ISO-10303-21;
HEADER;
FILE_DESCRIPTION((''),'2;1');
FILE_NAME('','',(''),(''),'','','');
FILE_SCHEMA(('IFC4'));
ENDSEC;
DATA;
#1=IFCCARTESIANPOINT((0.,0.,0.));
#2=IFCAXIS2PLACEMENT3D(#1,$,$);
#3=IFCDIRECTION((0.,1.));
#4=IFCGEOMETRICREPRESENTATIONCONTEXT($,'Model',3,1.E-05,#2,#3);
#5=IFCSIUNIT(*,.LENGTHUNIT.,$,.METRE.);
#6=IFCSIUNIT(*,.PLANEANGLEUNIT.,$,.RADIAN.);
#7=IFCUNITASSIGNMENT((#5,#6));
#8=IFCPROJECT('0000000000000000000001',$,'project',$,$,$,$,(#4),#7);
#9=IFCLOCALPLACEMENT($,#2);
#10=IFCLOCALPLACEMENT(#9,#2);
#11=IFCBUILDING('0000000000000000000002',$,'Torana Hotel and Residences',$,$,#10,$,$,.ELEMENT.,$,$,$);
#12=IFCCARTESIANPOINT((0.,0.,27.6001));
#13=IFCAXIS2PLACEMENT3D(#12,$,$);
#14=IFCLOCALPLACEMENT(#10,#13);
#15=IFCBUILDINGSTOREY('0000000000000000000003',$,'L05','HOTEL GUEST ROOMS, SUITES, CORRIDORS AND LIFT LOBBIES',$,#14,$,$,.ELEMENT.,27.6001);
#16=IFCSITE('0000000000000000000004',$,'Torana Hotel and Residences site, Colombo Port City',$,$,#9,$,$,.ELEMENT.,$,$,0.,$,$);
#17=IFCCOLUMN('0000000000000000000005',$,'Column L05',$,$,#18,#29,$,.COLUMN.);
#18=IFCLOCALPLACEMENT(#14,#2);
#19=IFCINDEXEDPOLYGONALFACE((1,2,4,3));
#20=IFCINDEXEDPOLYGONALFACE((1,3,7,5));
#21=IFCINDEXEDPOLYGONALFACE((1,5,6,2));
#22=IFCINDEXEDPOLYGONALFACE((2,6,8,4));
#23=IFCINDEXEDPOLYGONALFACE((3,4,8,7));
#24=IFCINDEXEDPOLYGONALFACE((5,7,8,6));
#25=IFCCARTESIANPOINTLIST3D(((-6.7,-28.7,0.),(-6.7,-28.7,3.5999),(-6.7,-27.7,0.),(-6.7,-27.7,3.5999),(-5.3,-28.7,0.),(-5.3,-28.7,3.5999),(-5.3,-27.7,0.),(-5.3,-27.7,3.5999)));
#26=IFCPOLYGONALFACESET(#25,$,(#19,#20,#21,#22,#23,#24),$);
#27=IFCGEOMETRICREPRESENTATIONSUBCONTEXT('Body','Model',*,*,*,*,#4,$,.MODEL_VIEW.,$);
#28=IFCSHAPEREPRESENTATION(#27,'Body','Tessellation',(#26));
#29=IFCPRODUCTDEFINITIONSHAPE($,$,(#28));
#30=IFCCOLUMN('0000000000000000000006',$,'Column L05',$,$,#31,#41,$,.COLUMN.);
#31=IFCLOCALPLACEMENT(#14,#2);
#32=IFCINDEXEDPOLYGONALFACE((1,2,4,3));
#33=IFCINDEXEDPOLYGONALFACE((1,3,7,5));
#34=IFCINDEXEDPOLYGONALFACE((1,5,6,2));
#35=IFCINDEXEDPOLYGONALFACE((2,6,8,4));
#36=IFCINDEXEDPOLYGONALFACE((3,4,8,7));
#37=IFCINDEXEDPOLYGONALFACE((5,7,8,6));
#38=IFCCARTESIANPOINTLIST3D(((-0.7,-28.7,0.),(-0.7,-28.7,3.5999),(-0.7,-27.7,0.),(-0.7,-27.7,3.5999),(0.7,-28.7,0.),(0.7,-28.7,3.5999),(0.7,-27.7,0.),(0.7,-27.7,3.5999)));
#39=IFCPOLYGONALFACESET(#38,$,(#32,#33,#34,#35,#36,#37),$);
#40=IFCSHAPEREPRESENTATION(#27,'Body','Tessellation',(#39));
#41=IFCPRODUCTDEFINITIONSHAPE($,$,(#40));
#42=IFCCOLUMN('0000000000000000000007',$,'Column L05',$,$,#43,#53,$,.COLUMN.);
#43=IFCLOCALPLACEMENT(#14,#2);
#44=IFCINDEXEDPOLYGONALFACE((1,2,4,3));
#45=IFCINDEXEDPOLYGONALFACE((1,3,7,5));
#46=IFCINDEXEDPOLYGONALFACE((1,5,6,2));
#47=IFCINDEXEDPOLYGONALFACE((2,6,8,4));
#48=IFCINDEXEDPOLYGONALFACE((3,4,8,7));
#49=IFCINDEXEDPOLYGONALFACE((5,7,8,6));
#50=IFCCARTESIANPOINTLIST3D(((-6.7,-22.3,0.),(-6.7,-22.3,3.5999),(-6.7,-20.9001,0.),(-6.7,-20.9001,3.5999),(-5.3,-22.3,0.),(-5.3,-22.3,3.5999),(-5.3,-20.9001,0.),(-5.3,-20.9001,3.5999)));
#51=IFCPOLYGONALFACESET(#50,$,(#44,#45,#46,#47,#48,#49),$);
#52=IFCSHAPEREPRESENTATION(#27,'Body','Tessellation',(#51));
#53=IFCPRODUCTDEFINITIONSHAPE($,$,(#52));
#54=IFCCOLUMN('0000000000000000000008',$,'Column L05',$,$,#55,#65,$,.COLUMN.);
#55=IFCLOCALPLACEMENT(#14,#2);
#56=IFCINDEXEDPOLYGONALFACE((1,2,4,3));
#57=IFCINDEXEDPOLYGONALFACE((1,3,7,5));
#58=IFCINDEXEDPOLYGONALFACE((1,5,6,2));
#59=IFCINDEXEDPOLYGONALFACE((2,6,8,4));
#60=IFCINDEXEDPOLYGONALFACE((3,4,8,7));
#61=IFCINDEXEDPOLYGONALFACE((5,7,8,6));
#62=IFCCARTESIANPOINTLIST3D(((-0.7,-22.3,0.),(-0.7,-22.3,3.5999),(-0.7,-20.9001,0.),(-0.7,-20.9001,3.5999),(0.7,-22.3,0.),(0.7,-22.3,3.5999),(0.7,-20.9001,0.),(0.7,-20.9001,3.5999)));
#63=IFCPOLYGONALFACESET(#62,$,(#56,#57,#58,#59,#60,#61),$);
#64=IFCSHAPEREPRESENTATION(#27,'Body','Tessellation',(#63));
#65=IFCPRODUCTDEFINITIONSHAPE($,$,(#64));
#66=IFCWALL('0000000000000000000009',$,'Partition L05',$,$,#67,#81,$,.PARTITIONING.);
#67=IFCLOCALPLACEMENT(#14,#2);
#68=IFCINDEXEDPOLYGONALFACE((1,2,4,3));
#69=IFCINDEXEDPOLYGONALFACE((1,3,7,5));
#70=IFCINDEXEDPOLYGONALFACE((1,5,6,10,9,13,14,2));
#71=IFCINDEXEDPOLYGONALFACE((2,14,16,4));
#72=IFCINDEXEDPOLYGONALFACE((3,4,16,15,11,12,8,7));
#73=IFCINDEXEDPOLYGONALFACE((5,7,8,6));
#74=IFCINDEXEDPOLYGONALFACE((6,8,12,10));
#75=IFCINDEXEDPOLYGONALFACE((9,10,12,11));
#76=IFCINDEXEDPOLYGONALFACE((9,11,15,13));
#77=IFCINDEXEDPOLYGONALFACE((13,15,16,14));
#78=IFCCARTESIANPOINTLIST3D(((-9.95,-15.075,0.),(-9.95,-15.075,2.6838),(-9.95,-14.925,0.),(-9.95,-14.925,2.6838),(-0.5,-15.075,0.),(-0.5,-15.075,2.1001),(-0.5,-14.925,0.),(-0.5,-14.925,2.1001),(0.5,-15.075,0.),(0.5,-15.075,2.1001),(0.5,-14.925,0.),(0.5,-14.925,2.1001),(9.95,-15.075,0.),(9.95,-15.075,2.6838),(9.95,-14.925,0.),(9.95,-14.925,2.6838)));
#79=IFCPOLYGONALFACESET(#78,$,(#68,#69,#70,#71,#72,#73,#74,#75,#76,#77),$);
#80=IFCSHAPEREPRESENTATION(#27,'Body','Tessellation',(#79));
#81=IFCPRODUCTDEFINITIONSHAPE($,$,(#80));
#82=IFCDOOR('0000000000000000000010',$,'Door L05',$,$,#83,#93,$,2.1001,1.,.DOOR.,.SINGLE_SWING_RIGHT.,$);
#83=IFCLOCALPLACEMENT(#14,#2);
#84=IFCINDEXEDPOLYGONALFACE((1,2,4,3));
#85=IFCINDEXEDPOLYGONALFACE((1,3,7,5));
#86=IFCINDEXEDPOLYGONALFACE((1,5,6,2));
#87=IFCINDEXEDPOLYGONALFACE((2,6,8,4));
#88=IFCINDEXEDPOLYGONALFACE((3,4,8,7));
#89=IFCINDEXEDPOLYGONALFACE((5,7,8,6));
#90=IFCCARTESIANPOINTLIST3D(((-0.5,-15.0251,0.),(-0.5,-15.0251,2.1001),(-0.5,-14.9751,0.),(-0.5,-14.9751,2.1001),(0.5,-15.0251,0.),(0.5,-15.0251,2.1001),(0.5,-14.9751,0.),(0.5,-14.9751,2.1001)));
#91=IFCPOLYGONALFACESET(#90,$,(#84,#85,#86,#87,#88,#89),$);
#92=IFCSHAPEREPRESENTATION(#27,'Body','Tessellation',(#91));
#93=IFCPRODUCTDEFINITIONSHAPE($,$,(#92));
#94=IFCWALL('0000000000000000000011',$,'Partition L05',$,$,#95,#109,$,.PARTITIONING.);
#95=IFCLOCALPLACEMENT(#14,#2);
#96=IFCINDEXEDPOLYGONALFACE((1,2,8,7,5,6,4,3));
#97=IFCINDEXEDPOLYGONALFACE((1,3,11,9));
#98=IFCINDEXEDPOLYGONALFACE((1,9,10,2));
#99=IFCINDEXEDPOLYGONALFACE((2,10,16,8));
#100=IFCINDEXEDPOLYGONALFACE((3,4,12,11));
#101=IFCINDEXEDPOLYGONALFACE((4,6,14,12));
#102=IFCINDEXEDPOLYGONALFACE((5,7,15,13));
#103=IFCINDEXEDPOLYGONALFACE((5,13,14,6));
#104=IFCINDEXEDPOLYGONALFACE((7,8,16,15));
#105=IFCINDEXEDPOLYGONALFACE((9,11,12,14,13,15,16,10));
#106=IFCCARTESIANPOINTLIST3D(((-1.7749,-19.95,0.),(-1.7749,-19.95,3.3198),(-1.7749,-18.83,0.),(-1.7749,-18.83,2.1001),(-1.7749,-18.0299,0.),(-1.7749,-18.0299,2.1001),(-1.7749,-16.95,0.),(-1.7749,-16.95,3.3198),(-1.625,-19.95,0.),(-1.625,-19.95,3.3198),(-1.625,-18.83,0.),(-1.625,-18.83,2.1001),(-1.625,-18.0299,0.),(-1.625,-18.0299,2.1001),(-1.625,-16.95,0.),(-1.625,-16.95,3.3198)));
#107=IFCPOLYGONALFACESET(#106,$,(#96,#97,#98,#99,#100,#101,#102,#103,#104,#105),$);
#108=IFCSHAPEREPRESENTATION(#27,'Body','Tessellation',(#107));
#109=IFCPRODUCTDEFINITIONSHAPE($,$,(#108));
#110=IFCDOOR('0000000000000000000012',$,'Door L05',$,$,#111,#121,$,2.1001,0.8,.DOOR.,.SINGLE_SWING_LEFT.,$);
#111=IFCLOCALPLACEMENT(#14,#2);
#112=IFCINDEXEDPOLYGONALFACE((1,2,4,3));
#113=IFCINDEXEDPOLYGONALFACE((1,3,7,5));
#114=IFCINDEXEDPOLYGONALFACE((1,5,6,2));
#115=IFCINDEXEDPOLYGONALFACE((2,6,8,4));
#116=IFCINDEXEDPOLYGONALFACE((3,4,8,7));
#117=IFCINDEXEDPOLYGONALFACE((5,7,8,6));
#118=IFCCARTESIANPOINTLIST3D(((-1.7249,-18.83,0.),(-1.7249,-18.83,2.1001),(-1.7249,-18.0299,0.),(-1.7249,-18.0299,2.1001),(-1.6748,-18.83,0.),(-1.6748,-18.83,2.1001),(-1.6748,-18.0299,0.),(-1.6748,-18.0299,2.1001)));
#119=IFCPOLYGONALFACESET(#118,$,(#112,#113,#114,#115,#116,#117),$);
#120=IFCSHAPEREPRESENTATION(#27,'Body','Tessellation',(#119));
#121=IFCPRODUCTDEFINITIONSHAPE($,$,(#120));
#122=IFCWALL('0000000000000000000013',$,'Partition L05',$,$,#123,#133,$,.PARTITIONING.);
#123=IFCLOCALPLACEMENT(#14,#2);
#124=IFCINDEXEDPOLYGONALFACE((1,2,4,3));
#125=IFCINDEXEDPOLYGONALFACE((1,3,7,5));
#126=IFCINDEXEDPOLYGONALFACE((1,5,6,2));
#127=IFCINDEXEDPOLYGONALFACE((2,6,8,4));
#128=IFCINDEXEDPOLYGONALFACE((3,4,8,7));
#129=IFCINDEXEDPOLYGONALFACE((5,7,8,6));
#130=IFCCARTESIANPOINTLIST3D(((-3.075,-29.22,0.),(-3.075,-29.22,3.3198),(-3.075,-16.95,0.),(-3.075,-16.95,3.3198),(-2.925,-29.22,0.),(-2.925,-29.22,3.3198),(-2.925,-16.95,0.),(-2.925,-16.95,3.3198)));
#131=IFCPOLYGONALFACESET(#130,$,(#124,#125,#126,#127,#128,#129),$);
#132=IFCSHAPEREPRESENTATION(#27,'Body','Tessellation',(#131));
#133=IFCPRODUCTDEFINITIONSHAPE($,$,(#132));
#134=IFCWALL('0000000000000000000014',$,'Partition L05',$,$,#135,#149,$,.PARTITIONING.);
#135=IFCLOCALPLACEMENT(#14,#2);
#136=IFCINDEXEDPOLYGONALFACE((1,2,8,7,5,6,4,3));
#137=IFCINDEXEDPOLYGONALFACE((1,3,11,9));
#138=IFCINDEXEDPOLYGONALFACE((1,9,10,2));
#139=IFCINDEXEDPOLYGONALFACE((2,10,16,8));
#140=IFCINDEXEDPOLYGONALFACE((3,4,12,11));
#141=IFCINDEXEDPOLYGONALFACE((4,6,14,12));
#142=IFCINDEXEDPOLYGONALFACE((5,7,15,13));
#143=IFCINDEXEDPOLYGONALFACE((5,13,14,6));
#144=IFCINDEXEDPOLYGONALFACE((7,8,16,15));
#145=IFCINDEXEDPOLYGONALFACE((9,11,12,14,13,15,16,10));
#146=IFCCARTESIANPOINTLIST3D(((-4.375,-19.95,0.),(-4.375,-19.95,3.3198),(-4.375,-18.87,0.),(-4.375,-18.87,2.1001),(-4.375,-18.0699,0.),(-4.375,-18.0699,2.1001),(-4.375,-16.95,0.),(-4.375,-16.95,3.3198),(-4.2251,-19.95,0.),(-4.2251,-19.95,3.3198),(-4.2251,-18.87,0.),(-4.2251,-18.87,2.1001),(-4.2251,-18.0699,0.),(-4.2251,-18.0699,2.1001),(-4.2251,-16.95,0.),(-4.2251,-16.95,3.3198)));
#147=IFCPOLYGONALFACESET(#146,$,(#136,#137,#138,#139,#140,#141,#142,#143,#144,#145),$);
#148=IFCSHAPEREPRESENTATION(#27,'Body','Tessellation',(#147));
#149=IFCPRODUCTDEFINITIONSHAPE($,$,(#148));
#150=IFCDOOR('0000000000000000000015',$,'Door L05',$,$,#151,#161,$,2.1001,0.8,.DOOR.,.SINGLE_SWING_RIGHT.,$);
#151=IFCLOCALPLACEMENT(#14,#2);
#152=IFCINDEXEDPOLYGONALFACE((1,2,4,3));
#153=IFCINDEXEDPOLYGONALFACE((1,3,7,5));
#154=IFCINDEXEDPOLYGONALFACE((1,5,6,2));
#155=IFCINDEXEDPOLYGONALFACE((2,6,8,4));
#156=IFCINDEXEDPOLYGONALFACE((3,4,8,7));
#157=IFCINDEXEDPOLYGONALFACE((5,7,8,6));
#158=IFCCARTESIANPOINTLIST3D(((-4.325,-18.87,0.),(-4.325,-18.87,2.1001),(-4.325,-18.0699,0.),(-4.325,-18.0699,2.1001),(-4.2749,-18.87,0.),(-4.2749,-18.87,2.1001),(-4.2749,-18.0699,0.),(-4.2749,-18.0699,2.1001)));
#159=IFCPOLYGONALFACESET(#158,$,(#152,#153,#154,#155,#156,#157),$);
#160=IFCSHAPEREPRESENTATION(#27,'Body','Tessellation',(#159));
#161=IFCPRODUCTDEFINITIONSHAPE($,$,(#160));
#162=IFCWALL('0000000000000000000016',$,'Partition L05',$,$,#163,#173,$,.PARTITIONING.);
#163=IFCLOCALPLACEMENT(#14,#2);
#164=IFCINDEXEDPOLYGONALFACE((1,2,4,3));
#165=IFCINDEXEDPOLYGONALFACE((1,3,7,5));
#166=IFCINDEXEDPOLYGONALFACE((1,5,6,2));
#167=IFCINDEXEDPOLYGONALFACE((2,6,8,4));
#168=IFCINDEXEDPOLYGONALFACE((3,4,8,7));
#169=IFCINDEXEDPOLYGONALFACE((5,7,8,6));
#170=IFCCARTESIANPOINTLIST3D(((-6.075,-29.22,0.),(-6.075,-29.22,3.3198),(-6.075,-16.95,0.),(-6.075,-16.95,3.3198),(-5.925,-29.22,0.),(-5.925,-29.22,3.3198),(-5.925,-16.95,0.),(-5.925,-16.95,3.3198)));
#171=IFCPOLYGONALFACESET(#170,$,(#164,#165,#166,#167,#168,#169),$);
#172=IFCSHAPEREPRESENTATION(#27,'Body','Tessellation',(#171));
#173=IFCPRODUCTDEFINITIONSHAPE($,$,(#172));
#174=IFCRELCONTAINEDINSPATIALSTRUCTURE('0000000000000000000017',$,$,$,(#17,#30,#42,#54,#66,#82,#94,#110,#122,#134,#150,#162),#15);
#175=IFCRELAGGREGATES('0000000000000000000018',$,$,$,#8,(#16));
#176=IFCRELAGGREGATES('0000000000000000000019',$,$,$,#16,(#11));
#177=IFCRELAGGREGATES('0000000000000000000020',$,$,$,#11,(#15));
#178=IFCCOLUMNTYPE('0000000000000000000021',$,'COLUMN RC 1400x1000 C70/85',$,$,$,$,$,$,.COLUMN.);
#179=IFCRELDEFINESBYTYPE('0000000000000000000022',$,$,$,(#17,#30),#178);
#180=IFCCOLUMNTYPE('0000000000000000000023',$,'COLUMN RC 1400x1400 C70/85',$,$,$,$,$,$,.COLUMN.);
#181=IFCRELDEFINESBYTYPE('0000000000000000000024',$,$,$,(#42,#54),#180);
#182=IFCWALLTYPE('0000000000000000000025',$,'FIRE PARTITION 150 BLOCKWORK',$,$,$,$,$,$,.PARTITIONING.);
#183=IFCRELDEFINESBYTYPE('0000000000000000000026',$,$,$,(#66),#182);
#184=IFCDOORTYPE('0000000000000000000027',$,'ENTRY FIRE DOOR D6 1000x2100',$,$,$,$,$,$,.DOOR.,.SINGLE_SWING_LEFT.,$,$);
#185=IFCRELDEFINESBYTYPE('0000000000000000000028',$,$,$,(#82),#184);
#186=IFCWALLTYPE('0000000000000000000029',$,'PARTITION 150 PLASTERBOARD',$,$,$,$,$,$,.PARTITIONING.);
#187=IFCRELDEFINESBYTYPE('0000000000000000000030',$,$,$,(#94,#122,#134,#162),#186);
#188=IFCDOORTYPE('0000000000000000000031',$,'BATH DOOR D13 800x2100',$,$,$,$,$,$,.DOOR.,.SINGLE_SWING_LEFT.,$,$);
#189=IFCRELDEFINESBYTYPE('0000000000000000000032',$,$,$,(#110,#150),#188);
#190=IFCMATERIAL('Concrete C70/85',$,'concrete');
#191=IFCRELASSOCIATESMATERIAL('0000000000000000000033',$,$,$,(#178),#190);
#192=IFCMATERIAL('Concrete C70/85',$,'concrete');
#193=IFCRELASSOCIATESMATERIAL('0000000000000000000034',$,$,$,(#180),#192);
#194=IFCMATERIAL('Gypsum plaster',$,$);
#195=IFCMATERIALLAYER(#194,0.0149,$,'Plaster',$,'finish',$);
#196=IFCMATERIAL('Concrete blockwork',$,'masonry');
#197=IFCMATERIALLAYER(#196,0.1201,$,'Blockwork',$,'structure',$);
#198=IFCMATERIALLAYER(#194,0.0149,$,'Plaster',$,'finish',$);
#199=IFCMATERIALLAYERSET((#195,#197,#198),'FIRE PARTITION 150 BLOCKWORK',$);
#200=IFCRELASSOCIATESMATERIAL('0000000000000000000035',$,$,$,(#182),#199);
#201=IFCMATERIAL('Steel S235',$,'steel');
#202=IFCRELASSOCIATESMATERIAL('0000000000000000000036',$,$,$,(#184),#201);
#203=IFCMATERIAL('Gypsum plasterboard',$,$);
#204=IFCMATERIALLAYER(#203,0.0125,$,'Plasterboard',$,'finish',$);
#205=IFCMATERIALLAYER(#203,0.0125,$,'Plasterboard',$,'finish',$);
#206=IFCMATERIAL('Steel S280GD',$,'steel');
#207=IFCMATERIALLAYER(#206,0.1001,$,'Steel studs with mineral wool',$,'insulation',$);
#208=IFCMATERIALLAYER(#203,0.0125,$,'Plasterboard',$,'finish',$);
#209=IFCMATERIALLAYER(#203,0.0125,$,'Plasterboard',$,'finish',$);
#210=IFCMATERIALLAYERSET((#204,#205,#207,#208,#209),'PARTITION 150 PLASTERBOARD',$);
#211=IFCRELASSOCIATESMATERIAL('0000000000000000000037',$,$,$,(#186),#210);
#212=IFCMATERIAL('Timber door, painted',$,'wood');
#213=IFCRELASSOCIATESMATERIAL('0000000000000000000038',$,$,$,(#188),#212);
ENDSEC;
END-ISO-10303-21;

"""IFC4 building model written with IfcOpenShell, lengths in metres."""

from ifc_helpers import new_model, si_unit, direction, frame, frame_2d, origin, origin_2d, place, context, subcontext, project, spatial, rectangle, extrude, material, layer, layer_set, material_profile, profile_set, type_object, element, fill, save


model = new_model("IFC4")

# Units and contexts
model_context = context("Model", 3, precision=1e-05, world=origin(), true_north=direction((0.0, 1.0)))
body_context = subcontext(model_context, "Body", "Model", "MODEL_VIEW")
ifc_project = project(units=[si_unit("LENGTHUNIT", "METRE"), si_unit("PLANEANGLEUNIT", "RADIAN")], contexts=[model_context])

# Site, building, storey
site_placement = place(None, origin())
site = spatial("IfcSite", under=ifc_project, at=site_placement, Name="Torana Hotel and Residences site, Colombo Port City", CompositionType="ELEMENT", RefElevation=0.0)
building_placement = place(site_placement, origin())
building = spatial("IfcBuilding", under=site, at=building_placement, Name="Torana Hotel and Residences", CompositionType="ELEMENT")
storey_placement = place(building_placement, frame((0.0, 0.0, 27.6001)))
storey = spatial("IfcBuildingStorey", under=building, at=storey_placement, Name="L05", Description="HOTEL GUEST ROOMS, SUITES, CORRIDORS AND LIFT LOBBIES", CompositionType="ELEMENT", Elevation=27.6001)

# Columns
ifc_material_1 = material(Name="Concrete C70/85", Category="concrete")
ifc_material_profile_1 = material_profile(ifc_material_1, rectangle(XDim=1.3999, YDim=1.0, at=origin_2d()), Name="RC 1400x1000")
ifc_profile_set_1 = profile_set([ifc_material_profile_1], Name="Concrete C70/85")
column_type_1 = type_object("IfcColumnType", Name="COLUMN RC 1400x1000 C70/85", PredefinedType="COLUMN", material=ifc_profile_set_1)
for number, where, z_axis, x_axis, name in (
    (1, (-6.0, -28.2, 0.0), (0.0, 0.0, 1.0), (1.0, 0.0, 0.0), "Column L05"),
    (2, (0.0, -28.2, 0.0), (0.0, 0.0, 1.0), (1.0, 0.0, 0.0), "Column L05"),
):
    element("IfcColumn", number, at=place(storey_placement, frame(where, z_axis=z_axis, x_axis=x_axis)), inside=storey, type_object=column_type_1, Name=name, PredefinedType="COLUMN", context=body_context, shape_type="SweptSolid", body=[
        extrude(rectangle(XDim=1.3999, YDim=1.0, at=origin_2d()), origin(), (0.0, 0.0, 1.0), 3.5999),
    ])
ifc_material_2 = material(Name="Concrete C70/85", Category="concrete")
ifc_material_profile_2 = material_profile(ifc_material_2, rectangle(XDim=1.3999, YDim=1.3999, at=origin_2d()), Name="RC 1400x1400")
ifc_profile_set_2 = profile_set([ifc_material_profile_2], Name="Concrete C70/85")
column_type_2 = type_object("IfcColumnType", Name="COLUMN RC 1400x1400 C70/85", PredefinedType="COLUMN", material=ifc_profile_set_2)
for number, where, z_axis, x_axis, name in (
    (3, (-6.0, -21.6001, 0.0), (0.0, 0.0, 1.0), (1.0, 0.0, 0.0), "Column L05"),
    (4, (0.0, -21.6001, 0.0), (0.0, 0.0, 1.0), (1.0, 0.0, 0.0), "Column L05"),
):
    element("IfcColumn", number, at=place(storey_placement, frame(where, z_axis=z_axis, x_axis=x_axis)), inside=storey, type_object=column_type_2, Name=name, PredefinedType="COLUMN", context=body_context, shape_type="SweptSolid", body=[
        extrude(rectangle(XDim=1.3999, YDim=1.3999, at=origin_2d()), origin(), (0.0, 0.0, 1.0), 3.5999),
    ])

# Walls, openings, doors
ifc_material_3 = material(Name="Gypsum plaster")
ifc_layer_1 = layer(ifc_material_3, 0.0149, Name="Plaster", Category="finish")
ifc_material_4 = material(Name="Concrete blockwork", Category="masonry")
ifc_layer_2 = layer(ifc_material_4, 0.1201, Name="Blockwork", Category="structure")
ifc_layer_3 = layer(ifc_material_3, 0.0149, Name="Plaster", Category="finish")
ifc_layer_set_1 = layer_set([ifc_layer_1, ifc_layer_2, ifc_layer_3], Name="FIRE PARTITION 150 BLOCKWORK")
wall_type_1 = type_object("IfcWallType", Name="FIRE PARTITION 150 BLOCKWORK", PredefinedType="PARTITIONING", material=ifc_layer_set_1)
wall_1_placement = place(storey_placement, frame((-9.95, -15.0, 0.0), z_axis=(0.0, 0.0, 1.0), x_axis=(1.0, 0.0, 0.0)))
wall_1 = element("IfcWall", 5, at=wall_1_placement, inside=storey, type_object=wall_type_1, Name="Partition L05", PredefinedType="PARTITIONING", context=body_context, shape_type="SweptSolid", body=[
    extrude(rectangle(XDim=19.8999, YDim=0.1499, at=frame_2d((9.95, 0.0))), origin(), (0.0, 0.0, 1.0), 2.6838),
])
opening_1_placement = place(wall_1_placement, frame((9.45, 0.0, 0.0)))
opening_1 = element("IfcOpeningElement", 6, at=opening_1_placement, cuts=wall_1, PredefinedType="OPENING", context=body_context, shape_type="SweptSolid", body=[
    extrude(rectangle(XDim=1.0, YDim=2.1001, at=frame_2d((0.5, 1.05))), frame((0.0, 0.085, 0.0), z_axis=(0.0, -1.0, 0.0), x_axis=(1.0, 0.0, 0.0)), (0.0, 0.0, 1.0), 0.1699),
])
ifc_material_5 = material(Name="Steel S235", Category="steel")
door_type_1 = type_object("IfcDoorType", Name="ENTRY FIRE DOOR D6 1000x2100", OperationType="SINGLE_SWING_LEFT", PredefinedType="DOOR", material=ifc_material_5)
door_1_placement = place(opening_1_placement, origin())
door_1 = element("IfcDoor", 7, at=door_1_placement, inside=storey, type_object=door_type_1, Name="Door L05", OperationType="SINGLE_SWING_RIGHT", OverallHeight=2.1001, OverallWidth=1.0, PredefinedType="DOOR", context=body_context, shape_type="SweptSolid", body=[
    extrude(rectangle(XDim=1.0, YDim=2.1001, at=frame_2d((0.5, 1.05))), frame((0.0, 0.0249, 0.0), z_axis=(0.0, -1.0, 0.0), x_axis=(1.0, 0.0, 0.0)), (0.0, 0.0, 1.0), 0.05),
])
fill(opening_1, door_1)
ifc_material_6 = material(Name="Gypsum plasterboard")
ifc_layer_4 = layer(ifc_material_6, 0.0125, Name="Plasterboard", Category="finish")
ifc_layer_5 = layer(ifc_material_6, 0.0125, Name="Plasterboard", Category="finish")
ifc_material_7 = material(Name="Steel S280GD", Category="steel")
ifc_layer_6 = layer(ifc_material_7, 0.1001, Name="Steel studs with mineral wool", Category="insulation")
ifc_layer_7 = layer(ifc_material_6, 0.0125, Name="Plasterboard", Category="finish")
ifc_layer_8 = layer(ifc_material_6, 0.0125, Name="Plasterboard", Category="finish")
ifc_layer_set_2 = layer_set([ifc_layer_4, ifc_layer_5, ifc_layer_6, ifc_layer_7, ifc_layer_8], Name="PARTITION 150 PLASTERBOARD")
wall_type_2 = type_object("IfcWallType", Name="PARTITION 150 PLASTERBOARD", PredefinedType="PARTITIONING", material=ifc_layer_set_2)
wall_2_placement = place(storey_placement, frame((-1.7, -19.95, 0.0), z_axis=(0.0, 0.0, 1.0), x_axis=(0.0, 1.0, 0.0)))
wall_2 = element("IfcWall", 8, at=wall_2_placement, inside=storey, type_object=wall_type_2, Name="Partition L05", PredefinedType="PARTITIONING", context=body_context, shape_type="SweptSolid", body=[
    extrude(rectangle(XDim=3.0, YDim=0.1499, at=frame_2d((1.5, 0.0))), origin(), (0.0, 0.0, 1.0), 3.3198),
])
opening_2_placement = place(wall_2_placement, frame((1.1201, 0.0, 0.0)))
opening_2 = element("IfcOpeningElement", 9, at=opening_2_placement, cuts=wall_2, PredefinedType="OPENING", context=body_context, shape_type="SweptSolid", body=[
    extrude(rectangle(XDim=0.8, YDim=2.1001, at=frame_2d((0.3999, 1.05))), frame((0.0, 0.085, 0.0), z_axis=(0.0, -1.0, 0.0), x_axis=(1.0, 0.0, 0.0)), (0.0, 0.0, 1.0), 0.1699),
])
ifc_material_8 = material(Name="Timber door, painted", Category="wood")
door_type_2 = type_object("IfcDoorType", Name="BATH DOOR D13 800x2100", OperationType="SINGLE_SWING_LEFT", PredefinedType="DOOR", material=ifc_material_8)
door_2_placement = place(opening_2_placement, origin())
door_2 = element("IfcDoor", 10, at=door_2_placement, inside=storey, type_object=door_type_2, Name="Door L05", OperationType="SINGLE_SWING_LEFT", OverallHeight=2.1001, OverallWidth=0.8, PredefinedType="DOOR", context=body_context, shape_type="SweptSolid", body=[
    extrude(rectangle(XDim=0.8, YDim=2.1001, at=frame_2d((0.3999, 1.05))), frame((0.0, 0.0249, 0.0), z_axis=(0.0, -1.0, 0.0), x_axis=(1.0, 0.0, 0.0)), (0.0, 0.0, 1.0), 0.05),
])
fill(opening_2, door_2)

# Wall
wall_3_placement = place(storey_placement, frame((-3.0, -29.22, 0.0), z_axis=(0.0, 0.0, 1.0), x_axis=(0.0, 1.0, 0.0)))
element("IfcWall", 11, at=wall_3_placement, inside=storey, type_object=wall_type_2, Name="Partition L05", PredefinedType="PARTITIONING", context=body_context, shape_type="SweptSolid", body=[
    extrude(rectangle(XDim=12.27, YDim=0.1499, at=frame_2d((6.135, 0.0))), origin(), (0.0, 0.0, 1.0), 3.3198),
])

# Wall, opening, door
wall_4_placement = place(storey_placement, frame((-4.3, -19.95, 0.0), z_axis=(0.0, 0.0, 1.0), x_axis=(0.0, 1.0, 0.0)))
wall_4 = element("IfcWall", 12, at=wall_4_placement, inside=storey, type_object=wall_type_2, Name="Partition L05", PredefinedType="PARTITIONING", context=body_context, shape_type="SweptSolid", body=[
    extrude(rectangle(XDim=3.0, YDim=0.1499, at=frame_2d((1.5, 0.0))), origin(), (0.0, 0.0, 1.0), 3.3198),
])
opening_3_placement = place(wall_4_placement, frame((1.0801, 0.0, 0.0)))
opening_3 = element("IfcOpeningElement", 13, at=opening_3_placement, cuts=wall_4, PredefinedType="OPENING", context=body_context, shape_type="SweptSolid", body=[
    extrude(rectangle(XDim=0.8, YDim=2.1001, at=frame_2d((0.3999, 1.05))), frame((0.0, 0.085, 0.0), z_axis=(0.0, -1.0, 0.0), x_axis=(1.0, 0.0, 0.0)), (0.0, 0.0, 1.0), 0.1699),
])
door_3_placement = place(opening_3_placement, origin())
door_3 = element("IfcDoor", 14, at=door_3_placement, inside=storey, type_object=door_type_2, Name="Door L05", OperationType="SINGLE_SWING_RIGHT", OverallHeight=2.1001, OverallWidth=0.8, PredefinedType="DOOR", context=body_context, shape_type="SweptSolid", body=[
    extrude(rectangle(XDim=0.8, YDim=2.1001, at=frame_2d((0.3999, 1.05))), frame((0.0, 0.0249, 0.0), z_axis=(0.0, -1.0, 0.0), x_axis=(1.0, 0.0, 0.0)), (0.0, 0.0, 1.0), 0.05),
])
fill(opening_3, door_3)

# Wall
wall_5_placement = place(storey_placement, frame((-6.0, -29.22, 0.0), z_axis=(0.0, 0.0, 1.0), x_axis=(0.0, 1.0, 0.0)))
element("IfcWall", 15, at=wall_5_placement, inside=storey, type_object=wall_type_2, Name="Partition L05", PredefinedType="PARTITIONING", context=body_context, shape_type="SweptSolid", body=[
    extrude(rectangle(XDim=12.27, YDim=0.1499, at=frame_2d((6.135, 0.0))), origin(), (0.0, 0.0, 1.0), 3.3198),
])

save(model, "model.ifc")
